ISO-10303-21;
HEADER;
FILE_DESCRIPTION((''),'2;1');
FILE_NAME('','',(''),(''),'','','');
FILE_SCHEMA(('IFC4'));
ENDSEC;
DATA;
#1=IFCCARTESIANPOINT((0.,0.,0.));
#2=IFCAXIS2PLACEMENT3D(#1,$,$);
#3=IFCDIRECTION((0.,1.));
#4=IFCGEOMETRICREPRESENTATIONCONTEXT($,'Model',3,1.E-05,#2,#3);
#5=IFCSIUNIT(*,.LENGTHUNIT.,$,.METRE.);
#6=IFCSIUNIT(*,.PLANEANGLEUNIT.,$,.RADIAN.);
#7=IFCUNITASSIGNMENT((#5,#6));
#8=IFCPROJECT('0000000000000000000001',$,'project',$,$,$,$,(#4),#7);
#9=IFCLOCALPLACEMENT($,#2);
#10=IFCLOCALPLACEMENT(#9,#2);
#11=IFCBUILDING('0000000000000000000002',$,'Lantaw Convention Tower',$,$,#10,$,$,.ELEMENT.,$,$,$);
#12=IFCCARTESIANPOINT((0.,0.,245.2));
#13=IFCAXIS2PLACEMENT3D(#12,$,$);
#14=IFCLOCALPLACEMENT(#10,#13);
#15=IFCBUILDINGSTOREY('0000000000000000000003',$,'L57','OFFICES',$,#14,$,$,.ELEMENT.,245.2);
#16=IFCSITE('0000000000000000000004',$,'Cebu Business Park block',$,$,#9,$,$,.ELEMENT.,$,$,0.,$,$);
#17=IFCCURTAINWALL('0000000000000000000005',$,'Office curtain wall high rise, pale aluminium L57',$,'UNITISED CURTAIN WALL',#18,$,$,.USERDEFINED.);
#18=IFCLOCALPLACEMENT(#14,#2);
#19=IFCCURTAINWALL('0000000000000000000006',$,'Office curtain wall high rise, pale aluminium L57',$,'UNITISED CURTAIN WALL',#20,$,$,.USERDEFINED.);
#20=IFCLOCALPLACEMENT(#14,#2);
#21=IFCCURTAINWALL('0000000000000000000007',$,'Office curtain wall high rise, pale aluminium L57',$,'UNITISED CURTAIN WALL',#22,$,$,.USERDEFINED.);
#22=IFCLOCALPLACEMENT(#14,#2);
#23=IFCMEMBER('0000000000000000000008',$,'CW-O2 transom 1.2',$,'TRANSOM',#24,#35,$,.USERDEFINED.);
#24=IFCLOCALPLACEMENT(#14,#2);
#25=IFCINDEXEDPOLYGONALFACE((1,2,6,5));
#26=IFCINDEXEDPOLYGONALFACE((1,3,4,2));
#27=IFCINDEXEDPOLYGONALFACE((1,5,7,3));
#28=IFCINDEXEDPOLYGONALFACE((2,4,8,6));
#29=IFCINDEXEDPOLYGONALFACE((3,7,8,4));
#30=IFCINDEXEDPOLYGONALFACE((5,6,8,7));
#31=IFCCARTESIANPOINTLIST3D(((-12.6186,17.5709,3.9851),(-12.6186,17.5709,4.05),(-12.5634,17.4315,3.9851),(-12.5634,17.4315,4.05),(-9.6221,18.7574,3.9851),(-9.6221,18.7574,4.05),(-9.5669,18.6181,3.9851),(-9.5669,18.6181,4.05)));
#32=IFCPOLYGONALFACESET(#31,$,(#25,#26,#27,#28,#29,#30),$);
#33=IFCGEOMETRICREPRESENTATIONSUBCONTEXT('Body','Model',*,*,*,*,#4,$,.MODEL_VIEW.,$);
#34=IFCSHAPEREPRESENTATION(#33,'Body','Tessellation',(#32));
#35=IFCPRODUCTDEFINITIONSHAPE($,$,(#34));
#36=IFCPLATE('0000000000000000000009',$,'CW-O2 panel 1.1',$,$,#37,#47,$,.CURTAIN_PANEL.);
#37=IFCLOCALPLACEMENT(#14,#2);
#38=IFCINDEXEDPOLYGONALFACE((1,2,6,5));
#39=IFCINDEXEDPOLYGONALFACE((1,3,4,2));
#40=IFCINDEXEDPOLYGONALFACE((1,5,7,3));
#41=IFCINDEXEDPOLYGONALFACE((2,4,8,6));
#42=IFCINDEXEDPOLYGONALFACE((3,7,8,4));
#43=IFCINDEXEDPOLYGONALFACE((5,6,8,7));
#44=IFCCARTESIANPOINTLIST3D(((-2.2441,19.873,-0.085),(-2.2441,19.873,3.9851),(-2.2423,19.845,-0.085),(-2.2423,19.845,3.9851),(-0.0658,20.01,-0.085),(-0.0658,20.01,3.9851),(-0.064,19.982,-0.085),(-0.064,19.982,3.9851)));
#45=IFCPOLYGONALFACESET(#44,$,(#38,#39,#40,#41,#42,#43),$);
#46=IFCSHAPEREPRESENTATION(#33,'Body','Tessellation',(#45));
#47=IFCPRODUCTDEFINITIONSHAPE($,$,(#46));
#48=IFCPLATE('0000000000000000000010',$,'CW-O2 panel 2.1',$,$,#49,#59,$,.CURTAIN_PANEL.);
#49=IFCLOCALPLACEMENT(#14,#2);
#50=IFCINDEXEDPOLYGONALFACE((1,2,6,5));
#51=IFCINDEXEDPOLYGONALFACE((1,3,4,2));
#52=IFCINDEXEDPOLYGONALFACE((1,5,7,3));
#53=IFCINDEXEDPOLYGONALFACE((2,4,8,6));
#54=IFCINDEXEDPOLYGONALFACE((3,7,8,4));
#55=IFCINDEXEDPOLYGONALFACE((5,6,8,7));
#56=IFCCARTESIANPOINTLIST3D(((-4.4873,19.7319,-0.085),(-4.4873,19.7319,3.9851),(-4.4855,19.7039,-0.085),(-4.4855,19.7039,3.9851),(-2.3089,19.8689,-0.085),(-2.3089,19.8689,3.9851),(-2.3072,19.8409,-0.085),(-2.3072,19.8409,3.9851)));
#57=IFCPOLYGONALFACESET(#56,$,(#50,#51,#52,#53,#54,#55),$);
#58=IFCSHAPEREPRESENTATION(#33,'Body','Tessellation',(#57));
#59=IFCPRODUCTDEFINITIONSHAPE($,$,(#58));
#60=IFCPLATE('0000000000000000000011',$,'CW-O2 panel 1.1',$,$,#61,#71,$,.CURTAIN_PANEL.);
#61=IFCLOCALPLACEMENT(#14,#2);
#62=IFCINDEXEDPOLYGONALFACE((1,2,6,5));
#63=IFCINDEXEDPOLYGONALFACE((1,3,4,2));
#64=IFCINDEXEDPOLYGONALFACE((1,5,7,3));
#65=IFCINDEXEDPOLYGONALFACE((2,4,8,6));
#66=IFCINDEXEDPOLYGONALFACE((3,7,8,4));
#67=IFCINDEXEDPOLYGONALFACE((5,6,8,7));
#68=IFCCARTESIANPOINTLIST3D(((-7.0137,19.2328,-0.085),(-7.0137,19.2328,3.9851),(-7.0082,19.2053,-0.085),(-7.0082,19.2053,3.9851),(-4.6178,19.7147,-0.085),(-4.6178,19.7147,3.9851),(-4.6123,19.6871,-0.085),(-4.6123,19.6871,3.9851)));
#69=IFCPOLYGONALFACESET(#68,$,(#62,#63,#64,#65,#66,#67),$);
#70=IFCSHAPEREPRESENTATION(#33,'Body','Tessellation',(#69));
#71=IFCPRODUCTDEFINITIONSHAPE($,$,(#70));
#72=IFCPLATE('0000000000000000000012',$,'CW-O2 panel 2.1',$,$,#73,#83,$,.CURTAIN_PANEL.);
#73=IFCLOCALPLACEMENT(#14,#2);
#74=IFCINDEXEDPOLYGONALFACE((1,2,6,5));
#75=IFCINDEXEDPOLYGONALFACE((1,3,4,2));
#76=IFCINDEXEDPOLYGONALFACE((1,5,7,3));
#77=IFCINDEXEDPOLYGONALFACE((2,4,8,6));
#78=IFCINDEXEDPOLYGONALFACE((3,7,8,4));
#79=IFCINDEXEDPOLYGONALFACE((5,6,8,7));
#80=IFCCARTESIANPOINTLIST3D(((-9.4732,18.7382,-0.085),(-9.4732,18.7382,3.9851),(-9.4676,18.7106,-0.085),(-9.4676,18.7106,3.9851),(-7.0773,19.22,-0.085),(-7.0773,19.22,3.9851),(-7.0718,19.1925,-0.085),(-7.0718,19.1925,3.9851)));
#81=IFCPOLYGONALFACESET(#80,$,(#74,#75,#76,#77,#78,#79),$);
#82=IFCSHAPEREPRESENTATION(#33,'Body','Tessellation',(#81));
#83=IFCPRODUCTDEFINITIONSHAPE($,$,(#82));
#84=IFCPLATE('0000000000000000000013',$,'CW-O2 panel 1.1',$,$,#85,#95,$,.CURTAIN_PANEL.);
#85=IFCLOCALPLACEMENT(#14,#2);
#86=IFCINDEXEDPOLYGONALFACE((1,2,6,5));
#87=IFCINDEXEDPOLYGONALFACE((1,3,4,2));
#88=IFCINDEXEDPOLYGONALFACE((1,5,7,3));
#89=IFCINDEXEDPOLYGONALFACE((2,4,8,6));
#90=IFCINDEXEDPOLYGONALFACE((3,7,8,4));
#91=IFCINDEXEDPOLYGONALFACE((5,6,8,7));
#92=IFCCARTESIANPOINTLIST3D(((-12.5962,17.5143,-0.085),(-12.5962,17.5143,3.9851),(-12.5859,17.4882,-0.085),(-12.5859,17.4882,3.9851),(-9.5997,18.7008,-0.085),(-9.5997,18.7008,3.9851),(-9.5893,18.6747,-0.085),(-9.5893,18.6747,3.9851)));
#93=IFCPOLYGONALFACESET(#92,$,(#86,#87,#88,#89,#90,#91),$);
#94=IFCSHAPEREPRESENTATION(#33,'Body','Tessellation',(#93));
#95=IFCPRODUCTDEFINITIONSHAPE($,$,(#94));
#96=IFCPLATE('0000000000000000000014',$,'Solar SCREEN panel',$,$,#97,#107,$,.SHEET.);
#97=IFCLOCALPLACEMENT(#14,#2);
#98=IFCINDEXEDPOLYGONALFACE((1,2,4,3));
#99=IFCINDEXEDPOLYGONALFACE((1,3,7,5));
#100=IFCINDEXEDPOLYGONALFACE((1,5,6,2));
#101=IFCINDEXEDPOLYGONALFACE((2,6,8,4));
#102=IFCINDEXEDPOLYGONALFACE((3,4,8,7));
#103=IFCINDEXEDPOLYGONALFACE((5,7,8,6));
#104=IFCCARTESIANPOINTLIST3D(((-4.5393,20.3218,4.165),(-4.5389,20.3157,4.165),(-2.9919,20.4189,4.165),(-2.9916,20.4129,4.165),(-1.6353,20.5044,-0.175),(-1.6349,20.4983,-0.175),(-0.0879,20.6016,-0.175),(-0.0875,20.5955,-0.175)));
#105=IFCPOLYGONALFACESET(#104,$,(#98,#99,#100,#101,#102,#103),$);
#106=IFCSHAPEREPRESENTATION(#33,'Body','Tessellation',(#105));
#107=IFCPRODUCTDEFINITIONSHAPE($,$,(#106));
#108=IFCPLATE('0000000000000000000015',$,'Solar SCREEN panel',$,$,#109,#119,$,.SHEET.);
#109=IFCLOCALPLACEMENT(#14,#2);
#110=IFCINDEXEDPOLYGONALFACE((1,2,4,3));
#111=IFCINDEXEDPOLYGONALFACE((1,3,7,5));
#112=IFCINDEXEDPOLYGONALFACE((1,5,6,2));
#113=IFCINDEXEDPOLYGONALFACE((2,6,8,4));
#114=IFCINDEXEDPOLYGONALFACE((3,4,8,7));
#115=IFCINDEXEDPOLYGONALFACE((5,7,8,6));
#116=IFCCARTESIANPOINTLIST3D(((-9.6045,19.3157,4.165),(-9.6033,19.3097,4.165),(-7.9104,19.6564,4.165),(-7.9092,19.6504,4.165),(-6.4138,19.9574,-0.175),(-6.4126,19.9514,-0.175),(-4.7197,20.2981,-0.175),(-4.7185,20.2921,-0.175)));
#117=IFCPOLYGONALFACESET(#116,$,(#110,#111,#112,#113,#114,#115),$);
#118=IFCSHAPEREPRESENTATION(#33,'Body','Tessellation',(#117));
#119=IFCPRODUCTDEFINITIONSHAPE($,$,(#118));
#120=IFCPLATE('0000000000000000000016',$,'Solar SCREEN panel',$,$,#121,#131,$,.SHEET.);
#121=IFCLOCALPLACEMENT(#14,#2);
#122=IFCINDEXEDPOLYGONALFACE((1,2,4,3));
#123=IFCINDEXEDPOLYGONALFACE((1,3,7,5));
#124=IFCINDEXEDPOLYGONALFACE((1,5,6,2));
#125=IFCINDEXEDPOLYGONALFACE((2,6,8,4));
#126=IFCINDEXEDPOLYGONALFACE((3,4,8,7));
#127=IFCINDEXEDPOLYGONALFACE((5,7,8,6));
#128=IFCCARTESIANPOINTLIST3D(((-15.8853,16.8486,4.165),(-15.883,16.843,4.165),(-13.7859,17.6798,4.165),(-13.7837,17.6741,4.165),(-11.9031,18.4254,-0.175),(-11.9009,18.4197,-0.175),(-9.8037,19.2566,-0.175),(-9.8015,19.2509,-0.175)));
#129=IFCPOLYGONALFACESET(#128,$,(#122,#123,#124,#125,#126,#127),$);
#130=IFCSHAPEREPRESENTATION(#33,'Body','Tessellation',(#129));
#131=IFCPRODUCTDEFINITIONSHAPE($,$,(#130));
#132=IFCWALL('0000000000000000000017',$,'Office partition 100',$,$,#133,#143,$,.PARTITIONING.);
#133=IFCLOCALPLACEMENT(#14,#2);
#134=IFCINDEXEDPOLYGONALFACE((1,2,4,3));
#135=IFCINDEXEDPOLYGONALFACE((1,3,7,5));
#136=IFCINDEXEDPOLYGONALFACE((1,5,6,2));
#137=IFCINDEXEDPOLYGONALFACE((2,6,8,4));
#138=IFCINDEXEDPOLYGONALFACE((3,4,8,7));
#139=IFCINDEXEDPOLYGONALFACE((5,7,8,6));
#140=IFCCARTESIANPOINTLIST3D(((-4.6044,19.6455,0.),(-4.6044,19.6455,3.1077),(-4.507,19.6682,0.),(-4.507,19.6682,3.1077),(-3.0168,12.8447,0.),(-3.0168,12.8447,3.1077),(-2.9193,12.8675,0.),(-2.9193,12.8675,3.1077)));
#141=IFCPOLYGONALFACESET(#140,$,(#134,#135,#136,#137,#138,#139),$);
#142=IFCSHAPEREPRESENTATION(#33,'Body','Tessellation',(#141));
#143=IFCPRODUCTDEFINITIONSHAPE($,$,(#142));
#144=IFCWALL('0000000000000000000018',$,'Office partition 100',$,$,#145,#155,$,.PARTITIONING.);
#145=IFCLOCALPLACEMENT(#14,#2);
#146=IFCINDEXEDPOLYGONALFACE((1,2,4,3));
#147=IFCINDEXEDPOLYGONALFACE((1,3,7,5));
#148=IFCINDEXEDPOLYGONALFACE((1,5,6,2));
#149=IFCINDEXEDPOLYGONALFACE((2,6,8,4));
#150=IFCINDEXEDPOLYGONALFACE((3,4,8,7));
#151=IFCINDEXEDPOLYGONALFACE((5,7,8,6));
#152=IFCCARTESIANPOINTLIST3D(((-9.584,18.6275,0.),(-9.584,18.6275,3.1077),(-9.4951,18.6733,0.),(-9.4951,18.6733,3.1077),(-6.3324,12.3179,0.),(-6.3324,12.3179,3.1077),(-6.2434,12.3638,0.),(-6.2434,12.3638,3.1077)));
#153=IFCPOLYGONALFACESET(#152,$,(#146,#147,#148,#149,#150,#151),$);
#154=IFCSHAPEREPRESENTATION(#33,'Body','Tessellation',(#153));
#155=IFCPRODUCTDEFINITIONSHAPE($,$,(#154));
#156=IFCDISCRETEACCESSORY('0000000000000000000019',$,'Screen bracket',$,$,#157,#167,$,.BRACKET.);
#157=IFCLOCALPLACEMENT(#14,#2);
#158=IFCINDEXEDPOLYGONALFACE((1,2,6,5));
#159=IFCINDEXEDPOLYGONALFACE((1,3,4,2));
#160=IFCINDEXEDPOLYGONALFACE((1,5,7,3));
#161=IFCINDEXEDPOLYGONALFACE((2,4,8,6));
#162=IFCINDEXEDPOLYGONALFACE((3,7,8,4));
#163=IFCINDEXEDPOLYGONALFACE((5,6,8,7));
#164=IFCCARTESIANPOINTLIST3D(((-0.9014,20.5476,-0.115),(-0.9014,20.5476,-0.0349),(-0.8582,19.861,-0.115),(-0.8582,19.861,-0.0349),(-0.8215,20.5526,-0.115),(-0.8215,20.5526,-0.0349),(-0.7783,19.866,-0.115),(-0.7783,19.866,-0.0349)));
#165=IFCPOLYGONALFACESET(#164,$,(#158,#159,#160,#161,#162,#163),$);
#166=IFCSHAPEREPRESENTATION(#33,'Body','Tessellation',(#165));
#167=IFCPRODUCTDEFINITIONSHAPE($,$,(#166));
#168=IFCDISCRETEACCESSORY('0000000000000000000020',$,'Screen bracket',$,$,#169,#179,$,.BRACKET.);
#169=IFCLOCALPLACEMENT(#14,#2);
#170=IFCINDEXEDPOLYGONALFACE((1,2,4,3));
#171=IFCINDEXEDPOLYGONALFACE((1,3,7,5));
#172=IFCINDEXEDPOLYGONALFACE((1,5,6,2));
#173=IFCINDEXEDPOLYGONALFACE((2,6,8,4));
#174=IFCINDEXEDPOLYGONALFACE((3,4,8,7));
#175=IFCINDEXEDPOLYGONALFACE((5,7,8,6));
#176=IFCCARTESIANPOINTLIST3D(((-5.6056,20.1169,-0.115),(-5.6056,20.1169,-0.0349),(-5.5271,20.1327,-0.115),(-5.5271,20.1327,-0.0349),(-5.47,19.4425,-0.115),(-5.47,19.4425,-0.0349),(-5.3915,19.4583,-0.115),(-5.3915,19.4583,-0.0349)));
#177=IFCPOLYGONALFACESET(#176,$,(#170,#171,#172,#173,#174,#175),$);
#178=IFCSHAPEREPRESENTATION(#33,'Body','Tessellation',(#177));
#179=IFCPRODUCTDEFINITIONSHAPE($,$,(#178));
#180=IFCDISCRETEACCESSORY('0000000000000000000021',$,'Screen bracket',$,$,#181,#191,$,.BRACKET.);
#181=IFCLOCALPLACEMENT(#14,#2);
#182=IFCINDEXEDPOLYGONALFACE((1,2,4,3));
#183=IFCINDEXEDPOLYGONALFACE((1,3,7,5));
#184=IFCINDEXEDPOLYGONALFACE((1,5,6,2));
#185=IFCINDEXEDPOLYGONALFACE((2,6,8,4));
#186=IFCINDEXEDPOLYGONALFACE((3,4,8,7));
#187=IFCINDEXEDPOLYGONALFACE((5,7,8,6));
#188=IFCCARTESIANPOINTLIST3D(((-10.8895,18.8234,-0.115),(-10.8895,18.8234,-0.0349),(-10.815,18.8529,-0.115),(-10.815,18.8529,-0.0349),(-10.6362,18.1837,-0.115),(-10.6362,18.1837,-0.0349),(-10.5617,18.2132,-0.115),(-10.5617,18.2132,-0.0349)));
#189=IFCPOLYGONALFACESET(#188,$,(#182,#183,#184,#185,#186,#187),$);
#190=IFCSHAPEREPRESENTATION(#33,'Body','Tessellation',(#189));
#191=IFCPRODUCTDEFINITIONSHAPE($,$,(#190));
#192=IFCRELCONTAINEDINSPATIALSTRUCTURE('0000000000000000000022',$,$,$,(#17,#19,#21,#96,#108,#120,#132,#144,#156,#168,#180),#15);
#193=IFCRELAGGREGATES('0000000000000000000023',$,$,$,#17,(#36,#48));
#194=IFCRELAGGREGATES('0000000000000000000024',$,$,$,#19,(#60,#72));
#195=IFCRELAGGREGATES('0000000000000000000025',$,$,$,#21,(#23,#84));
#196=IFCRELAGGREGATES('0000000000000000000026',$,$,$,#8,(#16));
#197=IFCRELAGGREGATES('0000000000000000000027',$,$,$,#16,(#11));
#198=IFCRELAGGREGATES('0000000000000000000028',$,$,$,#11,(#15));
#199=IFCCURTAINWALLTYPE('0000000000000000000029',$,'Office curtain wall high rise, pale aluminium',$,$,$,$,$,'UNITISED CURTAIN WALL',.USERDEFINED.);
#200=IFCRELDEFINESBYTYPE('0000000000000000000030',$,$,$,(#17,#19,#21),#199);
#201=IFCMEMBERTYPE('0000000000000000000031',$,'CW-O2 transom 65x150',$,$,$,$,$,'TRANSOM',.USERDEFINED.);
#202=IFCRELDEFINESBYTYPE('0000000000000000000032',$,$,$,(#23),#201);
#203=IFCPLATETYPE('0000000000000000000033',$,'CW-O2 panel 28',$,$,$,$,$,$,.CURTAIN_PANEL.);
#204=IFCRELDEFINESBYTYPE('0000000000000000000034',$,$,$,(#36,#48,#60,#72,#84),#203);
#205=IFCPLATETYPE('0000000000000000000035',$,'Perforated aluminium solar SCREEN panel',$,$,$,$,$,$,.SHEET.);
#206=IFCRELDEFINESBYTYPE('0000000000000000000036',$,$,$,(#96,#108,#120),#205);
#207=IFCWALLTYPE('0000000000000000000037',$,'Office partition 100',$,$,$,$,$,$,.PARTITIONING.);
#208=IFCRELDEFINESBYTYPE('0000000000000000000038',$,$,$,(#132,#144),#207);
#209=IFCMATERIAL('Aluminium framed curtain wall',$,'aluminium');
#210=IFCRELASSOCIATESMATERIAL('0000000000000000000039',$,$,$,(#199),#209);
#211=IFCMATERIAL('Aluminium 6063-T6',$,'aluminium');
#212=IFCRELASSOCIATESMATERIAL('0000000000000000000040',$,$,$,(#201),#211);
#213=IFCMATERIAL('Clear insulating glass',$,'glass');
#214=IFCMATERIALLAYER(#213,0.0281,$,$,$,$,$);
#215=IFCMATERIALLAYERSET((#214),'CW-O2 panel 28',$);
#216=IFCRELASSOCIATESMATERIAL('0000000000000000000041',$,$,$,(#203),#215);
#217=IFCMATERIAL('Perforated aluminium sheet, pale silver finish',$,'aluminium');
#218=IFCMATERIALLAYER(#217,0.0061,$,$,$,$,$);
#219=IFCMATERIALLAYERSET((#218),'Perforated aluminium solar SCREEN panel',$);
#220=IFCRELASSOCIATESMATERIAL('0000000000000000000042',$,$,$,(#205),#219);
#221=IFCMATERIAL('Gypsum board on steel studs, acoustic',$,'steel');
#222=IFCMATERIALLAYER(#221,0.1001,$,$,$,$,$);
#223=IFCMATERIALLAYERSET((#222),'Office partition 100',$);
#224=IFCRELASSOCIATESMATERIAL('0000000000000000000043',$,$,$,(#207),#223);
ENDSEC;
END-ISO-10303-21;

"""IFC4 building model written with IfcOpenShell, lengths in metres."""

from ifc_helpers import new_model, si_unit, direction, frame, frame_2d, origin, origin_2d, place, context, subcontext, project, spatial, polyline, rectangle, outline, extrude, material, layer, layer_set, material_profile, profile_set, type_object, element, aggregate, save


model = new_model("IFC4")

# Units and contexts
model_context = context("Model", 3, precision=1e-05, world=origin(), true_north=direction((0.0, 1.0)))
body_context = subcontext(model_context, "Body", "Model", "MODEL_VIEW")
ifc_project = project(units=[si_unit("LENGTHUNIT", "METRE"), si_unit("PLANEANGLEUNIT", "RADIAN")], contexts=[model_context])

# Site, building, storey
site_placement = place(None, origin())
site = spatial("IfcSite", under=ifc_project, at=site_placement, Name="Cebu Business Park block", CompositionType="ELEMENT", RefElevation=0.0)
building_placement = place(site_placement, origin())
building = spatial("IfcBuilding", under=site, at=building_placement, Name="Lantaw Convention Tower", CompositionType="ELEMENT")
storey_placement = place(building_placement, frame((0.0, 0.0, 245.2)))
storey = spatial("IfcBuildingStorey", under=building, at=storey_placement, Name="L57", Description="OFFICES", CompositionType="ELEMENT", Elevation=245.2)

# Curtain walls
ifc_material_1 = material(Name="Aluminium framed curtain wall", Category="aluminium")
curtain_wall_type = type_object("IfcCurtainWallType", Name="Office curtain wall high rise, pale aluminium", ElementType="UNITISED CURTAIN WALL", PredefinedType="USERDEFINED", material=ifc_material_1)
curtain_wall_1_placement = place(storey_placement, origin())
curtain_wall_1 = element("IfcCurtainWall", 1, at=curtain_wall_1_placement, inside=storey, type_object=curtain_wall_type, Name="Office curtain wall high rise, pale aluminium L57", ObjectType="UNITISED CURTAIN WALL", PredefinedType="USERDEFINED")
ifc_material_2 = material(Name="Aluminium 6063-T6", Category="aluminium")
curtain_wall_2_placement = place(storey_placement, origin())
curtain_wall_2 = element("IfcCurtainWall", 2, at=curtain_wall_2_placement, inside=storey, type_object=curtain_wall_type, Name="Office curtain wall high rise, pale aluminium L57", ObjectType="UNITISED CURTAIN WALL", PredefinedType="USERDEFINED")
curtain_wall_3_placement = place(storey_placement, origin())
curtain_wall_3 = element("IfcCurtainWall", 3, at=curtain_wall_3_placement, inside=storey, type_object=curtain_wall_type, Name="Office curtain wall high rise, pale aluminium L57", ObjectType="UNITISED CURTAIN WALL", PredefinedType="USERDEFINED")

# Member
ifc_material_profile_1 = material_profile(ifc_material_2, rectangle(XDim=0.1499, YDim=0.0649, at=origin_2d()), Name="CW-O2 transom 65x150")
ifc_profile_set_1 = profile_set([ifc_material_profile_1], Name="Aluminium 6063-T6")
member_type_1 = type_object("IfcMemberType", Name="CW-O2 transom 65x150", ElementType="TRANSOM", PredefinedType="USERDEFINED", material=ifc_profile_set_1)
member_1_placement = place(storey_placement, frame((-9.5945, 18.6877, 4.0176), z_axis=(-0.929767, -0.368149, 0.0), x_axis=(0.368149, -0.929767, 0.0)))
member_1 = element("IfcMember", 4, at=member_1_placement, type_object=member_type_1, Name="CW-O2 transom 1.2", ObjectType="TRANSOM", PredefinedType="USERDEFINED", context=body_context, shape_type="SweptSolid", body=[
    extrude(rectangle(XDim=0.1499, YDim=0.0649, at=origin_2d()), origin(), (0.0, 0.0, 1.0), 3.2229),
])

# Plates
ifc_material_3 = material(Name="Clear insulating glass", Category="glass")
ifc_layer_1 = layer(ifc_material_3, 0.0281)
ifc_layer_set_1 = layer_set([ifc_layer_1], Name="CW-O2 panel 28")
plate_type_1 = type_object("IfcPlateType", Name="CW-O2 panel 28", PredefinedType="CURTAIN_PANEL", material=ifc_layer_set_1)
plate_1_placement = place(storey_placement, frame((-1.1541, 19.9275, -0.085), z_axis=(0.0, 0.0, 1.0), x_axis=(-0.998029, -0.062758, 0.0)))
plate_1 = element("IfcPlate", 5, at=plate_1_placement, type_object=plate_type_1, Name="CW-O2 panel 1.1", PredefinedType="CURTAIN_PANEL", context=body_context, shape_type="SweptSolid", body=[
    extrude(rectangle(XDim=2.1826, YDim=0.0281, at=origin_2d()), origin(), (0.0, 0.0, 1.0), 4.0701),
])
plate_2_placement = place(storey_placement, frame((-3.3972, 19.7864, -0.085), z_axis=(0.0, 0.0, 1.0), x_axis=(-0.998029, -0.062758, 0.0)))
plate_2 = element("IfcPlate", 6, at=plate_2_placement, type_object=plate_type_1, Name="CW-O2 panel 2.1", PredefinedType="CURTAIN_PANEL", context=body_context, shape_type="SweptSolid", body=[
    extrude(rectangle(XDim=2.1826, YDim=0.0281, at=origin_2d()), origin(), (0.0, 0.0, 1.0), 4.0701),
])
aggregate(curtain_wall_1, [plate_1, plate_2])
plate_3_placement = place(storey_placement, frame((-5.813, 19.46, -0.085), z_axis=(0.0, 0.0, 1.0), x_axis=(-0.980367, -0.197183, 0.0)))
plate_3 = element("IfcPlate", 7, at=plate_3_placement, type_object=plate_type_1, Name="CW-O2 panel 1.1", PredefinedType="CURTAIN_PANEL", context=body_context, shape_type="SweptSolid", body=[
    extrude(rectangle(XDim=2.4438, YDim=0.0281, at=origin_2d()), origin(), (0.0, 0.0, 1.0), 4.0701),
])
plate_4_placement = place(storey_placement, frame((-8.2725, 18.9653, -0.085), z_axis=(0.0, 0.0, 1.0), x_axis=(-0.980367, -0.197183, 0.0)))
plate_4 = element("IfcPlate", 8, at=plate_4_placement, type_object=plate_type_1, Name="CW-O2 panel 2.1", PredefinedType="CURTAIN_PANEL", context=body_context, shape_type="SweptSolid", body=[
    extrude(rectangle(XDim=2.4438, YDim=0.0281, at=origin_2d()), origin(), (0.0, 0.0, 1.0), 4.0701),
])
aggregate(curtain_wall_2, [plate_3, plate_4])
plate_5_placement = place(storey_placement, frame((-11.0928, 18.0945, -0.085), z_axis=(0.0, 0.0, 1.0), x_axis=(-0.929762, -0.368162, 0.0)))
plate_5 = element("IfcPlate", 9, at=plate_5_placement, type_object=plate_type_1, Name="CW-O2 panel 1.1", PredefinedType="CURTAIN_PANEL", context=body_context, shape_type="SweptSolid", body=[
    extrude(rectangle(XDim=3.2229, YDim=0.0281, at=origin_2d()), origin(), (0.0, 0.0, 1.0), 4.0701),
])
aggregate(curtain_wall_3, [member_1, plate_5])

# Plates
ifc_material_4 = material(Name="Perforated aluminium sheet, pale silver finish", Category="aluminium")
ifc_layer_2 = layer(ifc_material_4, 0.0061)
ifc_layer_set_2 = layer_set([ifc_layer_2], Name="Perforated aluminium solar SCREEN panel")
plate_type_2 = type_object("IfcPlateType", Name="Perforated aluminium solar SCREEN panel", PredefinedType="SHEET", material=ifc_layer_set_2)
plate_6_placement = place(storey_placement, frame((-0.0879, 20.6016, -0.175), z_axis=(-0.062672, 0.998034, 0.000059), x_axis=(-0.998034, -0.062672, 0.0)))
element("IfcPlate", 10, at=plate_6_placement, inside=storey, type_object=plate_type_2, Name="Solar SCREEN panel", PredefinedType="SHEET", context=body_context, shape_type="SweptSolid", body=[
    extrude(outline(polyline([(0.0, 0.0), (1.5504, 0.0), (4.4602, 4.3401), (2.9098, 4.3401), (0.0, 0.0)])), origin(), (0.0, 0.0, -1.0), 0.0061),
])
plate_7_placement = place(storey_placement, frame((-4.7197, 20.2981, -0.175), z_axis=(-0.197162, 0.980371, 0.000011), x_axis=(-0.980371, -0.197162, 0.0)))
element("IfcPlate", 11, at=plate_7_placement, inside=storey, type_object=plate_type_2, Name="Solar SCREEN panel", PredefinedType="SHEET", context=body_context, shape_type="SweptSolid", body=[
    extrude(outline(polyline([(0.0, 0.0), (1.728, 0.0), (4.9826, 4.3401), (3.2546, 4.3401), (0.0, 0.0)])), origin(), (0.0, 0.0, -1.0), 0.0061),
])
plate_8_placement = place(storey_placement, frame((-9.8037, 19.2566, -0.175), z_axis=(-0.368117, 0.92978, 0.000036), x_axis=(-0.92978, -0.368117, 0.0)))
element("IfcPlate", 12, at=plate_8_placement, inside=storey, type_object=plate_type_2, Name="Solar SCREEN panel", PredefinedType="SHEET", context=body_context, shape_type="SweptSolid", body=[
    extrude(outline(polyline([(0.0, 0.0), (2.258, 0.0), (6.5409, 4.3401), (4.283, 4.3401), (0.0, 0.0)])), origin(), (0.0, 0.0, -1.0), 0.0061),
])

# Walls
ifc_material_5 = material(Name="Gypsum board on steel studs, acoustic", Category="steel")
ifc_layer_3 = layer(ifc_material_5, 0.1001)
ifc_layer_set_3 = layer_set([ifc_layer_3], Name="Office partition 100")
wall_type = type_object("IfcWallType", Name="Office partition 100", PredefinedType="PARTITIONING", material=ifc_layer_set_3)
wall_1_placement = place(storey_placement, frame((-4.5557, 19.6567, 0.0), z_axis=(0.0, 0.0, 1.0), x_axis=(0.227338, -0.973816, 0.0)))
element("IfcWall", 13, at=wall_1_placement, inside=storey, type_object=wall_type, Name="Office partition 100", PredefinedType="PARTITIONING", context=body_context, shape_type="SweptSolid", body=[
    extrude(rectangle(XDim=6.9836, YDim=0.1001, at=frame_2d((3.4917, 0.0))), origin(), (0.0, 0.0, 1.0), 3.1077),
])
wall_2_placement = place(storey_placement, frame((-9.5396, 18.6504, 0.0), z_axis=(0.0, 0.0, 1.0), x_axis=(0.458104, -0.888899, 0.0)))
element("IfcWall", 14, at=wall_2_placement, inside=storey, type_object=wall_type, Name="Office partition 100", PredefinedType="PARTITIONING", context=body_context, shape_type="SweptSolid", body=[
    extrude(rectangle(XDim=7.0981, YDim=0.1001, at=frame_2d((3.5491, 0.0))), origin(), (0.0, 0.0, 1.0), 3.1077),
])

# Discrete accessories
for number, where, z_axis, x_axis, name in (
    (15, (-0.8398, 20.2068, -0.115), (0.0, 0.0, 1.0), (-0.998029, -0.062758, 0.0), "Screen bracket"),
    (16, (-5.4985, 19.7876, -0.115), (0.0, 0.0, 1.0), (-0.980367, -0.197183, 0.0), "Screen bracket"),
    (17, (-10.7256, 18.5183, -0.115), (0.0, 0.0, 1.0), (-0.929762, -0.368162, 0.0), "Screen bracket"),
):
    element("IfcDiscreteAccessory", number, at=place(storey_placement, frame(where, z_axis=z_axis, x_axis=x_axis)), inside=storey, Name=name, PredefinedType="BRACKET", context=body_context, shape_type="SweptSolid", body=[
        extrude(rectangle(XDim=0.0801, YDim=0.688, at=origin_2d()), origin(), (0.0, 0.0, 1.0), 0.0801),
    ])

save(model, "model.ifc")
